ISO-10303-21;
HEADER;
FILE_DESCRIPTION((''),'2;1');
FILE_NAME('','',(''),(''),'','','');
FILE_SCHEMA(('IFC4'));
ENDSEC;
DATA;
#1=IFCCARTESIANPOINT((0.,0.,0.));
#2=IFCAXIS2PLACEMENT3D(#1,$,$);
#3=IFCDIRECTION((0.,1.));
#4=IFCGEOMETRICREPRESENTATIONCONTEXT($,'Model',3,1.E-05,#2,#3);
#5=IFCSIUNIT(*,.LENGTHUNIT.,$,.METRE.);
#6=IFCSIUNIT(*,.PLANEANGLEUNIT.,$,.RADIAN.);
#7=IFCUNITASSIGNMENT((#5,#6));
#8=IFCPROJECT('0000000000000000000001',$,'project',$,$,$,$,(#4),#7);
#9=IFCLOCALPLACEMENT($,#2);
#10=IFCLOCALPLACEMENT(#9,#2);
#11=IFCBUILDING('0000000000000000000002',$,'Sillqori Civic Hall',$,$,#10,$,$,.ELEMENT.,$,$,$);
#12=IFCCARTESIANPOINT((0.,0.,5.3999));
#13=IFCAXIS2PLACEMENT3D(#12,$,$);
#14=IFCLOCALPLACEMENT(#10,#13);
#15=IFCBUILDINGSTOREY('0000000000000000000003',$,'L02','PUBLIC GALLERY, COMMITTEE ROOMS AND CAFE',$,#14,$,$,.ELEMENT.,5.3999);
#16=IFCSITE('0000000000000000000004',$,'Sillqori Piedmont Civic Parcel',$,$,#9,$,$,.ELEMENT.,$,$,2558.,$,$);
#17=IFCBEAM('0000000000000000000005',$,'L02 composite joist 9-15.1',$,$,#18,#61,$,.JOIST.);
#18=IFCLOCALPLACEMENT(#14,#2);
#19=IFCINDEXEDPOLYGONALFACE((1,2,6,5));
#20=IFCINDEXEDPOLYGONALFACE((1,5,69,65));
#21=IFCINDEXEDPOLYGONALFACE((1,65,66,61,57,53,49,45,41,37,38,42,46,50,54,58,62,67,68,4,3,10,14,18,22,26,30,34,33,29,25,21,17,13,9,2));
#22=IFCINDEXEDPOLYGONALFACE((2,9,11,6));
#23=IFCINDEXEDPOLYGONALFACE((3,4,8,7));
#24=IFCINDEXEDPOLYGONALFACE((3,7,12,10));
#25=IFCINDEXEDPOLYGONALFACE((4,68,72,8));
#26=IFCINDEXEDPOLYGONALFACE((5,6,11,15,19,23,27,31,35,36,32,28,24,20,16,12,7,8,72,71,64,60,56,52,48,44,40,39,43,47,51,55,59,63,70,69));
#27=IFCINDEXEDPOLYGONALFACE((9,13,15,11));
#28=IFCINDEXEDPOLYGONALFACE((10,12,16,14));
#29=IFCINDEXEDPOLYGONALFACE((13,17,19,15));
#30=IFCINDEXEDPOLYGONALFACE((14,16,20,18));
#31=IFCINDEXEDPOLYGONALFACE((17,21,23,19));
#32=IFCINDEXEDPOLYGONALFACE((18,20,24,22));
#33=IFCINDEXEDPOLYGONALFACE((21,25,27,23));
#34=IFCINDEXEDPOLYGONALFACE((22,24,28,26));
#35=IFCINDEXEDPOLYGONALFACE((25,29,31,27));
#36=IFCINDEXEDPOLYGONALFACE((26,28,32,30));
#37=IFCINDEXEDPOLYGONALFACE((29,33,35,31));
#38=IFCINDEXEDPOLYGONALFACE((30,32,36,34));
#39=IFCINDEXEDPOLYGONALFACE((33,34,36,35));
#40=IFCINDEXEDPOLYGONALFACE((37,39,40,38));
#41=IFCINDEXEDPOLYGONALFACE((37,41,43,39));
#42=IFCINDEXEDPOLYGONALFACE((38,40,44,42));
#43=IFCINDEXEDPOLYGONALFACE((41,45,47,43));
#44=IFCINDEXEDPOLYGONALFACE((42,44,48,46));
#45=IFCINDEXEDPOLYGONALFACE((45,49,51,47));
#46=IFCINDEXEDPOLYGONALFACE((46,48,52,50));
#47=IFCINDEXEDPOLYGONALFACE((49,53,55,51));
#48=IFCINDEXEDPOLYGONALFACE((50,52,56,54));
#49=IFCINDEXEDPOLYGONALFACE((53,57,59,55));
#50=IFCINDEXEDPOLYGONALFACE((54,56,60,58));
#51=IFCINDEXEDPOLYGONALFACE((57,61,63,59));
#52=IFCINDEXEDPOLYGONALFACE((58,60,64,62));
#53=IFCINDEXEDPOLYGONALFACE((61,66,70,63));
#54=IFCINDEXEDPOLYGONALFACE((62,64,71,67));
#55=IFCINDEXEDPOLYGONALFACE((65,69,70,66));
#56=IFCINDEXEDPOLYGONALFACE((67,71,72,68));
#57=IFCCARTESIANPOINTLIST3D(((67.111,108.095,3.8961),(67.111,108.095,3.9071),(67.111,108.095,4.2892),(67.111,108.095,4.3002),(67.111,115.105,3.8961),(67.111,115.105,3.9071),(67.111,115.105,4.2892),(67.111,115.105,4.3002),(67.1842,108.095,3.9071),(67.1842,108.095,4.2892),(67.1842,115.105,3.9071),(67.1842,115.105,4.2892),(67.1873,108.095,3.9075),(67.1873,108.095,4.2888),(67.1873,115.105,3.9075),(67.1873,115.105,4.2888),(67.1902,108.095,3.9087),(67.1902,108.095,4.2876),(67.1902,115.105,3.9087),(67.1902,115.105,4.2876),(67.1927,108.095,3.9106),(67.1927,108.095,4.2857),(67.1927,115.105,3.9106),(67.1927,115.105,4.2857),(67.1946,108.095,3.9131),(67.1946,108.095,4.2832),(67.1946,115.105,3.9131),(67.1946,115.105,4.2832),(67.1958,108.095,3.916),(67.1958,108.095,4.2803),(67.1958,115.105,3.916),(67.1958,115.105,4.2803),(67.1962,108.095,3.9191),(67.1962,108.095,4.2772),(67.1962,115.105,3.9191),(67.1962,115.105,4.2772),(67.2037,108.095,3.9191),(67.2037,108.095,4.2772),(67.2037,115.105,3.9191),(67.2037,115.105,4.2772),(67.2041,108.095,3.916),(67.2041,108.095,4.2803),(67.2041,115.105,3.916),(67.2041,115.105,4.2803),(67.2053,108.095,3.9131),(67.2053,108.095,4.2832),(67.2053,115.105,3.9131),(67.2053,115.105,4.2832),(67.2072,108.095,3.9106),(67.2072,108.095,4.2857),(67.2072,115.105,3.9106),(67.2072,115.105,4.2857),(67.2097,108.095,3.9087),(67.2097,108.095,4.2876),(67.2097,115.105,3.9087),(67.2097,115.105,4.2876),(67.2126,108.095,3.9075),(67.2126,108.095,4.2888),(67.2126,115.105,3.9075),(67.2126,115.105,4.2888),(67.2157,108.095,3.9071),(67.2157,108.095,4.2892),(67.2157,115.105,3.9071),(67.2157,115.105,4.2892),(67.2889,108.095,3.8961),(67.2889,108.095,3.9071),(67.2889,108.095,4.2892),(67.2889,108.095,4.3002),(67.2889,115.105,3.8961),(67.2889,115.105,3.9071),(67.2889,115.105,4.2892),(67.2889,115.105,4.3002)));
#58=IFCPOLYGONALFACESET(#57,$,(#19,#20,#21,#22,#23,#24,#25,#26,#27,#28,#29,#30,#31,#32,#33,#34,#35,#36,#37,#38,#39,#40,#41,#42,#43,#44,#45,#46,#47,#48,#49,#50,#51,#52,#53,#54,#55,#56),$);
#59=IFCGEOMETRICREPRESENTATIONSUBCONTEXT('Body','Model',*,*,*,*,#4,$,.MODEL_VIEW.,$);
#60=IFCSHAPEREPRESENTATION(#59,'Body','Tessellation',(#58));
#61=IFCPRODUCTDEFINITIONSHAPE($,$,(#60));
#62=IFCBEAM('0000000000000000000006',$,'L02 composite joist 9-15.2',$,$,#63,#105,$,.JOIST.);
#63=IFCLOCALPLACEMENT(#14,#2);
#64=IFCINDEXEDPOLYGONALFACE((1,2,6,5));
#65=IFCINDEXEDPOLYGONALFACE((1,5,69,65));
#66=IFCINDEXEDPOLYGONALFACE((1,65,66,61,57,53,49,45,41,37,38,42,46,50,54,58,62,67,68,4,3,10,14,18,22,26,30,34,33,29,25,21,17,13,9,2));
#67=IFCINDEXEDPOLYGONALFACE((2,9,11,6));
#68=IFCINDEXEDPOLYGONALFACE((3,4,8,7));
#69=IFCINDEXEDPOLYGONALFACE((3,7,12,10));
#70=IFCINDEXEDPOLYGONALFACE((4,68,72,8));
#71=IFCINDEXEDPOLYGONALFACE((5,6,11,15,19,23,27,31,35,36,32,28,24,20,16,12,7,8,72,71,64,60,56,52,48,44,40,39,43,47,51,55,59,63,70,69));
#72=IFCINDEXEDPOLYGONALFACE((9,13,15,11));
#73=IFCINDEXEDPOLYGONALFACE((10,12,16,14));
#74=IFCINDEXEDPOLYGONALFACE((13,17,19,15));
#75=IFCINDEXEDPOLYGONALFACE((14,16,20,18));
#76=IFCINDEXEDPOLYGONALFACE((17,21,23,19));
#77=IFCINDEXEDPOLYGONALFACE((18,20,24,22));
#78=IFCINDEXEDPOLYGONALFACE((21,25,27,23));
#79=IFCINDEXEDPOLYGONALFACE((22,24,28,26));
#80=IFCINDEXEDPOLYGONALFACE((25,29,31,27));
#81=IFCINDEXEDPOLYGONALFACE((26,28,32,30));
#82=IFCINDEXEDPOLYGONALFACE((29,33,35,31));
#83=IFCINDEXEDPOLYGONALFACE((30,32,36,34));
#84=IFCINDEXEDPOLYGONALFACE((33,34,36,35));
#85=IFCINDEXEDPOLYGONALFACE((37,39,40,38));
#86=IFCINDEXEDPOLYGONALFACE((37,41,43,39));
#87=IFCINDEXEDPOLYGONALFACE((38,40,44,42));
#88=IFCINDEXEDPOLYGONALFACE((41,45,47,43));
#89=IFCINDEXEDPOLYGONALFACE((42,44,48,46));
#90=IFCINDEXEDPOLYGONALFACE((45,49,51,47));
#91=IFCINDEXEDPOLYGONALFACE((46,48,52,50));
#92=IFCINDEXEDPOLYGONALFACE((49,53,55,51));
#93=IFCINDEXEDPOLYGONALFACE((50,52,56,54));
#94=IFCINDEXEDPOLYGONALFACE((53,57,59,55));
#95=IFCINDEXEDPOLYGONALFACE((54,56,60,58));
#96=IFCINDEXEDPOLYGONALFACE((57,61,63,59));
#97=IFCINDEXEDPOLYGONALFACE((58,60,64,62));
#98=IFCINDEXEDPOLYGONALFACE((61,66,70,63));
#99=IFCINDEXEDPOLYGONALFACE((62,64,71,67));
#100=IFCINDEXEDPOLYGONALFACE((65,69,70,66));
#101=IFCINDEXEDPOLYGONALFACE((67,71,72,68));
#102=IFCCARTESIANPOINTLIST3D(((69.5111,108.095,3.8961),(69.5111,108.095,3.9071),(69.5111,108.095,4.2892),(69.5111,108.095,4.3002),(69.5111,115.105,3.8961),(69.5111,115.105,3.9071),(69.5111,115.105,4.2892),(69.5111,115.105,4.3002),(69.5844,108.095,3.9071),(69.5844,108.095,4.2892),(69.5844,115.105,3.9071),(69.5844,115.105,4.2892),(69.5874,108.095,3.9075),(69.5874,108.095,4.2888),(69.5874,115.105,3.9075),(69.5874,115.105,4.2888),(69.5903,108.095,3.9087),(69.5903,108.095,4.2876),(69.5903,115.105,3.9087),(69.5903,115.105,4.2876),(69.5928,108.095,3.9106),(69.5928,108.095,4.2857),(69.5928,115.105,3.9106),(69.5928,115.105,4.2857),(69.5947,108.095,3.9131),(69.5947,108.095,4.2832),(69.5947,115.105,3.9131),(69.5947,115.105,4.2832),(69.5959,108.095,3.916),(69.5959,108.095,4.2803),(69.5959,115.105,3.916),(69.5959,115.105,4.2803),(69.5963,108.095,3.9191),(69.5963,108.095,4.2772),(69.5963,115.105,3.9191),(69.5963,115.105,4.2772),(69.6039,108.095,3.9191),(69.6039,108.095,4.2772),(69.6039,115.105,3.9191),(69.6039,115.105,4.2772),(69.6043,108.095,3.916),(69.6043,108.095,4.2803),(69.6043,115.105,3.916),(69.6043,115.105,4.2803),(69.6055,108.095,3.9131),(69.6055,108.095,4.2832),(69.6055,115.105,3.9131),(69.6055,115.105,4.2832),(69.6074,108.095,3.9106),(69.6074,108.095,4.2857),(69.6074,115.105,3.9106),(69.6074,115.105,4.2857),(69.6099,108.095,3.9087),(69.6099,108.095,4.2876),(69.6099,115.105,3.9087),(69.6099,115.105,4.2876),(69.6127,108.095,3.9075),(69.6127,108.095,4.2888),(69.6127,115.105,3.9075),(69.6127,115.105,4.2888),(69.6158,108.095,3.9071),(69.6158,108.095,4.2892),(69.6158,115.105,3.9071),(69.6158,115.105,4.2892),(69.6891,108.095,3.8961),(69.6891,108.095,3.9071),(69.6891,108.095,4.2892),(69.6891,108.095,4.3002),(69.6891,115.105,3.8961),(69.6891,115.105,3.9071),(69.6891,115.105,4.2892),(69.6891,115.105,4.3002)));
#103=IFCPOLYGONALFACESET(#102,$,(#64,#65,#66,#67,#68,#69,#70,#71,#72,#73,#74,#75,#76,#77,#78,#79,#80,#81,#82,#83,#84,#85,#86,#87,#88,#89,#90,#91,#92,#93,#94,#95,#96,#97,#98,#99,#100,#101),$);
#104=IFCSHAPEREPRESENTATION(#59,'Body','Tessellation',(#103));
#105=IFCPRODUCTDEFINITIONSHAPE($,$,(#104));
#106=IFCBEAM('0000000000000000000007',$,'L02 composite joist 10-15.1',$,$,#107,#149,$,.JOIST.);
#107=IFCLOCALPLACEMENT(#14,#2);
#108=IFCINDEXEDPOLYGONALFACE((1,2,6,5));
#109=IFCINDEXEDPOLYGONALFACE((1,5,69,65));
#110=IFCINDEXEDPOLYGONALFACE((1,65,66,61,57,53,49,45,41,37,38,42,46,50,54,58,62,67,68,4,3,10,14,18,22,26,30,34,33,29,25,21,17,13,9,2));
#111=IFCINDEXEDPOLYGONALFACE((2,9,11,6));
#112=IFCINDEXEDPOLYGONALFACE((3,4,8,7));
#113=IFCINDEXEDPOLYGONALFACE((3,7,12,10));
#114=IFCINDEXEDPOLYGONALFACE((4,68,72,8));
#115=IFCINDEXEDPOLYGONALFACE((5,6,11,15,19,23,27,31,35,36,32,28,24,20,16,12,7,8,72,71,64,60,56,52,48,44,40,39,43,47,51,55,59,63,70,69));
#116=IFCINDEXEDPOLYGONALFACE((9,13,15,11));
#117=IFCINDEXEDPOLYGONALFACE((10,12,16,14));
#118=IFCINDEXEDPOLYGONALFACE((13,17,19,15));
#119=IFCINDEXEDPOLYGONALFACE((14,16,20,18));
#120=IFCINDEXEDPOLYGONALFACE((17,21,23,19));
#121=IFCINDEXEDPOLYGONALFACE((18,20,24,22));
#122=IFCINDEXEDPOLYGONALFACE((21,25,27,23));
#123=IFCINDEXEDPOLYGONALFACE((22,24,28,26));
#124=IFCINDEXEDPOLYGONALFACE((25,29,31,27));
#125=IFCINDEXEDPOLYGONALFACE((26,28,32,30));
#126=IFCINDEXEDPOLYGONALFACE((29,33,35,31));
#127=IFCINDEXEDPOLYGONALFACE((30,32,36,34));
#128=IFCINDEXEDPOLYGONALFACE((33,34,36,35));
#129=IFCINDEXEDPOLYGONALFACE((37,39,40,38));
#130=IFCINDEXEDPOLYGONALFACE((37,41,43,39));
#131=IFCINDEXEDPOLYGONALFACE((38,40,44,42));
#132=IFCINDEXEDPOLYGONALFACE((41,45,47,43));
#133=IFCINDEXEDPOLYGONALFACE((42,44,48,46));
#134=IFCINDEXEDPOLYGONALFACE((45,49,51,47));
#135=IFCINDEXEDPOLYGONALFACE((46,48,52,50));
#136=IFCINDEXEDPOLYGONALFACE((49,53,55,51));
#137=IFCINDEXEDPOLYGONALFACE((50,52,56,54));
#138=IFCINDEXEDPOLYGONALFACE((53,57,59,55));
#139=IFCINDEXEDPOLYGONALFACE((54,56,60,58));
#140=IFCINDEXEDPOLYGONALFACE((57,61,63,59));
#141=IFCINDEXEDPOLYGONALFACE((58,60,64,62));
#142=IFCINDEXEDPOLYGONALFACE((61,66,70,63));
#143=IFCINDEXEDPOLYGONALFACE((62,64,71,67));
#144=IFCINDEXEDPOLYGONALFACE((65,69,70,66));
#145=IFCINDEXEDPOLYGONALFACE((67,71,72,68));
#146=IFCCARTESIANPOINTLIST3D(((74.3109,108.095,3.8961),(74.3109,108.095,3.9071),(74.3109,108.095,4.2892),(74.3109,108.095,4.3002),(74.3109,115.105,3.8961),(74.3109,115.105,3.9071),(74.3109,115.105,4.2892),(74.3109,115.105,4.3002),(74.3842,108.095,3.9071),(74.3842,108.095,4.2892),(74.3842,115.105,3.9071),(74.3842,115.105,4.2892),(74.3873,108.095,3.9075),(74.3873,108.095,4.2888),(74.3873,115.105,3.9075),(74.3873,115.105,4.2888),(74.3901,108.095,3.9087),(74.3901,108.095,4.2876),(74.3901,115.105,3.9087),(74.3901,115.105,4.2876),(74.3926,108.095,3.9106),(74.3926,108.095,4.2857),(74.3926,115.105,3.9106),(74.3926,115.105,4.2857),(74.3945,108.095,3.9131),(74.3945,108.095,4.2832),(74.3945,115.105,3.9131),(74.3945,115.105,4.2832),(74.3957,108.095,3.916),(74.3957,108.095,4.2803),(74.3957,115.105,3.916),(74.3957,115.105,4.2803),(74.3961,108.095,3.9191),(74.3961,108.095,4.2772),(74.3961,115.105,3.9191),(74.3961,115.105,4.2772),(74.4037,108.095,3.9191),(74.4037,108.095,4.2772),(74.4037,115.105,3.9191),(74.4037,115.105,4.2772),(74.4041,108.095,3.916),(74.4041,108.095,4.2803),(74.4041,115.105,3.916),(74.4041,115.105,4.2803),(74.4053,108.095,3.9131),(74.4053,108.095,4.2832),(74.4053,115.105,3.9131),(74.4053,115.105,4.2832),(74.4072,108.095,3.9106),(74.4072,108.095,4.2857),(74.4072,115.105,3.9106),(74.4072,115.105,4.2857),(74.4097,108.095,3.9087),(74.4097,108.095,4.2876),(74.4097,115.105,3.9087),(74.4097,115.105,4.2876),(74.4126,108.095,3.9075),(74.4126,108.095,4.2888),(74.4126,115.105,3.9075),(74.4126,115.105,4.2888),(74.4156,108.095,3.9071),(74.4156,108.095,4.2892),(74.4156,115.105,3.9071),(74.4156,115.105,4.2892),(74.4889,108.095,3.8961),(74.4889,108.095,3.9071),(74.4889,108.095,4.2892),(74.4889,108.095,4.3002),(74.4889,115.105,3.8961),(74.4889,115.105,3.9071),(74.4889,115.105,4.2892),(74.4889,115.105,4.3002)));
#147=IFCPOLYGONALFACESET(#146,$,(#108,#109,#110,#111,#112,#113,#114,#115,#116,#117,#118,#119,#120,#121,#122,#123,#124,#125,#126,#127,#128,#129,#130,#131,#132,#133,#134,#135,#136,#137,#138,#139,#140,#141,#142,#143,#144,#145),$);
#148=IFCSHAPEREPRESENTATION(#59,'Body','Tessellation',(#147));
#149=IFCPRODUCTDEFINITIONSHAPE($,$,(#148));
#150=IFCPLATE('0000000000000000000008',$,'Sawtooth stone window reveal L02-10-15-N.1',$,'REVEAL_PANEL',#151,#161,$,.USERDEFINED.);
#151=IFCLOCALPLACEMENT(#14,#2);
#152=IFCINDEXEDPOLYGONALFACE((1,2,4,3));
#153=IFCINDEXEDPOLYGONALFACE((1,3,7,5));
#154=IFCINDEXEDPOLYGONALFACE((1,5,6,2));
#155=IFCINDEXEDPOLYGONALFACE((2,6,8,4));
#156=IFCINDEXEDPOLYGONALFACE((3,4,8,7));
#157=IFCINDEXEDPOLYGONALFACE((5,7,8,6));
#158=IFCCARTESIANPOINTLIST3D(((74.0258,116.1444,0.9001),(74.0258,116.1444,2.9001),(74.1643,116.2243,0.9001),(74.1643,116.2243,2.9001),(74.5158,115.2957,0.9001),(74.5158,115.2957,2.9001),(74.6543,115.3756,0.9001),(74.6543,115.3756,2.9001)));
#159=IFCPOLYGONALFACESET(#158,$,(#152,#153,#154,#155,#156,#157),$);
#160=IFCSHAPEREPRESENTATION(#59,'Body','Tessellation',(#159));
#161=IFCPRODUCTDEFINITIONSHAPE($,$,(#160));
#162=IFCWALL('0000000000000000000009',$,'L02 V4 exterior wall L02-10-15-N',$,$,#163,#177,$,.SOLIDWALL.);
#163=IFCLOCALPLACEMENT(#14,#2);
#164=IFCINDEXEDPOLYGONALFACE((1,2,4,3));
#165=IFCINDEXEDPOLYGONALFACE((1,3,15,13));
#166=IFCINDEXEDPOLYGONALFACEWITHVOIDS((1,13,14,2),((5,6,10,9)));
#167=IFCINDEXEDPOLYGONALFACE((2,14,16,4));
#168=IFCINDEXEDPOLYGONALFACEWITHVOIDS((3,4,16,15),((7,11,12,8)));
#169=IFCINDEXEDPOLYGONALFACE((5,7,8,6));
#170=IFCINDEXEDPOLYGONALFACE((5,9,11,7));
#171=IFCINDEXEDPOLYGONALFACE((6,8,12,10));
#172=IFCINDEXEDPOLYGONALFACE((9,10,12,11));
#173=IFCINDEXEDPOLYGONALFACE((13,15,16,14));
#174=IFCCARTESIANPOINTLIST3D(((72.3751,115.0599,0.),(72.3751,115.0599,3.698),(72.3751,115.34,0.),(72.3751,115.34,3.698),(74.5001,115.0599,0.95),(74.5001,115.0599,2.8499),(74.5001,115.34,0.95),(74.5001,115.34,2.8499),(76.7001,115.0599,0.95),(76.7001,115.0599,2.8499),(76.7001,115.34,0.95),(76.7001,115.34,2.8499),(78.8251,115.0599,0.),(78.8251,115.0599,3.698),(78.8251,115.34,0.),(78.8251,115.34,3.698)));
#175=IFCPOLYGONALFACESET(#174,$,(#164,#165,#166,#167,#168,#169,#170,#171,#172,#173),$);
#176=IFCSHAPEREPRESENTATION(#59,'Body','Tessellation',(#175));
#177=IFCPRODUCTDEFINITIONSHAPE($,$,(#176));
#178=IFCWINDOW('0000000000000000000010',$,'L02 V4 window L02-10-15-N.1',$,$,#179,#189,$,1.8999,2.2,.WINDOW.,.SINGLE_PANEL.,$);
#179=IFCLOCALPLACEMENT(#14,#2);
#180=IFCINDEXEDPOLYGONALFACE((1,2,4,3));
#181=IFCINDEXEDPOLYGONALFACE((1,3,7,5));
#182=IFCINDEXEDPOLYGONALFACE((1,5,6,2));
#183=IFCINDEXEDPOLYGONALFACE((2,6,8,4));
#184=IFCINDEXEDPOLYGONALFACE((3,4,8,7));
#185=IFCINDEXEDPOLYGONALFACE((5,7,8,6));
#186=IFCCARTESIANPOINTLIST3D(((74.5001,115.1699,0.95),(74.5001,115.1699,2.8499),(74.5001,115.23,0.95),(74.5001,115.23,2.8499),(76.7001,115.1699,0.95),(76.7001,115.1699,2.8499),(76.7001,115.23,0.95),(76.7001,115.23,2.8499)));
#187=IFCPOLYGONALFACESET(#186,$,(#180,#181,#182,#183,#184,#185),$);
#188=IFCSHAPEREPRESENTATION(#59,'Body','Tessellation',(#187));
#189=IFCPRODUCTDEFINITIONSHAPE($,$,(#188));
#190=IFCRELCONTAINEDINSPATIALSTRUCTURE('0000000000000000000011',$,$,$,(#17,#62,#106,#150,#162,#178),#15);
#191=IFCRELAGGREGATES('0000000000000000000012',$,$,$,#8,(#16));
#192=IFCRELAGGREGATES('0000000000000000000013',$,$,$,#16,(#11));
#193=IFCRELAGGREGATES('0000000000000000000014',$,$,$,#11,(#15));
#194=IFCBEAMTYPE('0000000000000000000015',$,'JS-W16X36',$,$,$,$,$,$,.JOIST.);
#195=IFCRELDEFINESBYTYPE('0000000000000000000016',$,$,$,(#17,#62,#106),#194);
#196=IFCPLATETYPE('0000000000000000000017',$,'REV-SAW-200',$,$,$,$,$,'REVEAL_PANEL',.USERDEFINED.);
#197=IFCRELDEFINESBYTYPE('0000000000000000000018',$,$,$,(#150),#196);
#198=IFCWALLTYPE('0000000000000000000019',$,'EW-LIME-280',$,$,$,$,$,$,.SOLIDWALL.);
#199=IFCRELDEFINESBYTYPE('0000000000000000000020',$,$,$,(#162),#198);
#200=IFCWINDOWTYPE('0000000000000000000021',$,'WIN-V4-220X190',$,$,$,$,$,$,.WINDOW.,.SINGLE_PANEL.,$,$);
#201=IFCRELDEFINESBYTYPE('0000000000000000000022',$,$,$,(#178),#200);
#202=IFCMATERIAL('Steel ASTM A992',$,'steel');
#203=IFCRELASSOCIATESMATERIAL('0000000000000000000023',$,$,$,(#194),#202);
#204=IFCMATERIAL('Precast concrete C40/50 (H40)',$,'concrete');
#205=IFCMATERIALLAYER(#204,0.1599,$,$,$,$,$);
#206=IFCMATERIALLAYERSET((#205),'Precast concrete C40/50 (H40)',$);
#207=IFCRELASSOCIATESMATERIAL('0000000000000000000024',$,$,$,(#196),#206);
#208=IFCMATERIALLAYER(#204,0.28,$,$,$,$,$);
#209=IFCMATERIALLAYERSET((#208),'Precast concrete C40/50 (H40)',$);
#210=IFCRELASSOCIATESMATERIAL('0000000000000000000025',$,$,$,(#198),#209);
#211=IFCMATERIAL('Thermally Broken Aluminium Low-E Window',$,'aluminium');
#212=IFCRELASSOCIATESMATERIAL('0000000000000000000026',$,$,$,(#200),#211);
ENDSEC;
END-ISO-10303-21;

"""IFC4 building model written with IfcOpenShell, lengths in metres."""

from ifc_helpers import new_model, si_unit, direction, frame, frame_2d, origin, origin_2d, place, context, subcontext, project, spatial, rectangle, i_section, extrude, material, layer, layer_set, material_profile, profile_set, type_object, element, fill, save


model = new_model("IFC4")

# Units and contexts
model_context = context("Model", 3, precision=1e-05, world=origin(), true_north=direction((0.0, 1.0)))
body_context = subcontext(model_context, "Body", "Model", "MODEL_VIEW")
ifc_project = project(units=[si_unit("LENGTHUNIT", "METRE"), si_unit("PLANEANGLEUNIT", "RADIAN")], contexts=[model_context])

# Site, building, storey
site_placement = place(None, origin())
site = spatial("IfcSite", under=ifc_project, at=site_placement, Name="Sillqori Piedmont Civic Parcel", CompositionType="ELEMENT", RefElevation=2558.0)
building_placement = place(site_placement, origin())
building = spatial("IfcBuilding", under=site, at=building_placement, Name="Sillqori Civic Hall", CompositionType="ELEMENT")
storey_placement = place(building_placement, frame((0.0, 0.0, 5.3999)))
storey = spatial("IfcBuildingStorey", under=building, at=storey_placement, Name="L02", Description="PUBLIC GALLERY, COMMITTEE ROOMS AND CAFE", CompositionType="ELEMENT", Elevation=5.3999)

# Shared definitions
ifc_material_1 = material(Name="Steel ASTM A992", Category="steel")

# Beams
ifc_material_profile_1 = material_profile(ifc_material_1, i_section(OverallWidth=0.178, OverallDepth=0.4041, WebThickness=0.0076, FlangeThickness=0.011, FilletRadius=0.012, at=origin_2d()), Name="W16X36")
ifc_profile_set_1 = profile_set([ifc_material_profile_1], Name="Steel ASTM A992")
beam_type_1 = type_object("IfcBeamType", Name="JS-W16X36", PredefinedType="JOIST", material=ifc_profile_set_1)
for number, where, z_axis, x_axis, name in (
    (1, (67.2, 108.095, 4.0981), (0.0, 1.0, 0.0), (-1.0, 0.0, 0.0), "L02 composite joist 9-15.1"),
    (2, (69.6001, 108.095, 4.0981), (0.0, 1.0, 0.0), (-1.0, 0.0, 0.0), "L02 composite joist 9-15.2"),
    (3, (74.3999, 108.095, 4.0981), (0.0, 1.0, 0.0), (-1.0, 0.0, 0.0), "L02 composite joist 10-15.1"),
):
    element("IfcBeam", number, at=place(storey_placement, frame(where, z_axis=z_axis, x_axis=x_axis)), inside=storey, type_object=beam_type_1, Name=name, PredefinedType="JOIST", context=body_context, shape_type="SweptSolid", body=[
        extrude(i_section(OverallWidth=0.178, OverallDepth=0.4041, WebThickness=0.0076, FlangeThickness=0.011, FilletRadius=0.012, at=origin_2d()), origin(), (0.0, 0.0, 1.0), 7.01),
    ])

# Plate
ifc_material_2 = material(Name="Precast concrete C40/50 (H40)", Category="concrete")
ifc_layer_1 = layer(ifc_material_2, 0.1599)
ifc_layer_set_1 = layer_set([ifc_layer_1], Name="Precast concrete C40/50 (H40)")
plate_type_1 = type_object("IfcPlateType", Name="REV-SAW-200", ElementType="REVEAL_PANEL", PredefinedType="USERDEFINED", material=ifc_layer_set_1)
plate_1_placement = place(storey_placement, frame((74.3401, 115.76, 0.9001), z_axis=(0.0, 0.0, 1.0), x_axis=(0.866025, 0.5, 0.0)))
element("IfcPlate", 4, at=plate_1_placement, inside=storey, type_object=plate_type_1, Name="Sawtooth stone window reveal L02-10-15-N.1", ObjectType="REVEAL_PANEL", PredefinedType="USERDEFINED", context=body_context, shape_type="SweptSolid", body=[
    extrude(rectangle(XDim=0.1599, YDim=0.98, at=origin_2d()), origin(), (0.0, 0.0, 1.0), 2.0),
])

# Wall, opening, window
ifc_layer_2 = layer(ifc_material_2, 0.28)
ifc_layer_set_2 = layer_set([ifc_layer_2], Name="Precast concrete C40/50 (H40)")
wall_type = type_object("IfcWallType", Name="EW-LIME-280", PredefinedType="SOLIDWALL", material=ifc_layer_set_2)
wall_placement = place(storey_placement, frame((72.375, 115.2, 0.0), z_axis=(0.0, 0.0, 1.0), x_axis=(1.0, 0.0, 0.0)))
wall = element("IfcWall", 5, at=wall_placement, inside=storey, type_object=wall_type, Name="L02 V4 exterior wall L02-10-15-N", PredefinedType="SOLIDWALL", context=body_context, shape_type="SweptSolid", body=[
    extrude(rectangle(XDim=6.45, YDim=0.28, at=frame_2d((3.2251, 0.0))), origin(), (0.0, 0.0, 1.0), 3.698),
])
opening_placement = place(wall_placement, frame((2.125, 0.0, 0.95)))
opening = element("IfcOpeningElement", 6, at=opening_placement, cuts=wall, PredefinedType="OPENING", context=body_context, shape_type="SweptSolid", body=[
    extrude(rectangle(XDim=2.2, YDim=1.8999, at=frame_2d((1.1001, 0.95))), frame((0.0, 0.1499, 0.0), z_axis=(0.0, -1.0, 0.0), x_axis=(1.0, 0.0, 0.0)), (0.0, 0.0, 1.0), 0.3),
])
ifc_material_3 = material(Name="Thermally Broken Aluminium Low-E Window", Category="aluminium")
window_type = type_object("IfcWindowType", Name="WIN-V4-220X190", PartitioningType="SINGLE_PANEL", PredefinedType="WINDOW", material=ifc_material_3)
window_placement = place(opening_placement, origin())
window = element("IfcWindow", 7, at=window_placement, inside=storey, type_object=window_type, Name="L02 V4 window L02-10-15-N.1", OverallHeight=1.8999, OverallWidth=2.2, PartitioningType="SINGLE_PANEL", PredefinedType="WINDOW", context=body_context, shape_type="SweptSolid", body=[
    extrude(rectangle(XDim=2.2, YDim=1.8999, at=frame_2d((1.1001, 0.95))), frame((0.0, 0.03, 0.0), z_axis=(0.0, -1.0, 0.0), x_axis=(1.0, 0.0, 0.0)), (0.0, 0.0, 1.0), 0.0601),
])
fill(opening, window)

save(model, "model.ifc")
